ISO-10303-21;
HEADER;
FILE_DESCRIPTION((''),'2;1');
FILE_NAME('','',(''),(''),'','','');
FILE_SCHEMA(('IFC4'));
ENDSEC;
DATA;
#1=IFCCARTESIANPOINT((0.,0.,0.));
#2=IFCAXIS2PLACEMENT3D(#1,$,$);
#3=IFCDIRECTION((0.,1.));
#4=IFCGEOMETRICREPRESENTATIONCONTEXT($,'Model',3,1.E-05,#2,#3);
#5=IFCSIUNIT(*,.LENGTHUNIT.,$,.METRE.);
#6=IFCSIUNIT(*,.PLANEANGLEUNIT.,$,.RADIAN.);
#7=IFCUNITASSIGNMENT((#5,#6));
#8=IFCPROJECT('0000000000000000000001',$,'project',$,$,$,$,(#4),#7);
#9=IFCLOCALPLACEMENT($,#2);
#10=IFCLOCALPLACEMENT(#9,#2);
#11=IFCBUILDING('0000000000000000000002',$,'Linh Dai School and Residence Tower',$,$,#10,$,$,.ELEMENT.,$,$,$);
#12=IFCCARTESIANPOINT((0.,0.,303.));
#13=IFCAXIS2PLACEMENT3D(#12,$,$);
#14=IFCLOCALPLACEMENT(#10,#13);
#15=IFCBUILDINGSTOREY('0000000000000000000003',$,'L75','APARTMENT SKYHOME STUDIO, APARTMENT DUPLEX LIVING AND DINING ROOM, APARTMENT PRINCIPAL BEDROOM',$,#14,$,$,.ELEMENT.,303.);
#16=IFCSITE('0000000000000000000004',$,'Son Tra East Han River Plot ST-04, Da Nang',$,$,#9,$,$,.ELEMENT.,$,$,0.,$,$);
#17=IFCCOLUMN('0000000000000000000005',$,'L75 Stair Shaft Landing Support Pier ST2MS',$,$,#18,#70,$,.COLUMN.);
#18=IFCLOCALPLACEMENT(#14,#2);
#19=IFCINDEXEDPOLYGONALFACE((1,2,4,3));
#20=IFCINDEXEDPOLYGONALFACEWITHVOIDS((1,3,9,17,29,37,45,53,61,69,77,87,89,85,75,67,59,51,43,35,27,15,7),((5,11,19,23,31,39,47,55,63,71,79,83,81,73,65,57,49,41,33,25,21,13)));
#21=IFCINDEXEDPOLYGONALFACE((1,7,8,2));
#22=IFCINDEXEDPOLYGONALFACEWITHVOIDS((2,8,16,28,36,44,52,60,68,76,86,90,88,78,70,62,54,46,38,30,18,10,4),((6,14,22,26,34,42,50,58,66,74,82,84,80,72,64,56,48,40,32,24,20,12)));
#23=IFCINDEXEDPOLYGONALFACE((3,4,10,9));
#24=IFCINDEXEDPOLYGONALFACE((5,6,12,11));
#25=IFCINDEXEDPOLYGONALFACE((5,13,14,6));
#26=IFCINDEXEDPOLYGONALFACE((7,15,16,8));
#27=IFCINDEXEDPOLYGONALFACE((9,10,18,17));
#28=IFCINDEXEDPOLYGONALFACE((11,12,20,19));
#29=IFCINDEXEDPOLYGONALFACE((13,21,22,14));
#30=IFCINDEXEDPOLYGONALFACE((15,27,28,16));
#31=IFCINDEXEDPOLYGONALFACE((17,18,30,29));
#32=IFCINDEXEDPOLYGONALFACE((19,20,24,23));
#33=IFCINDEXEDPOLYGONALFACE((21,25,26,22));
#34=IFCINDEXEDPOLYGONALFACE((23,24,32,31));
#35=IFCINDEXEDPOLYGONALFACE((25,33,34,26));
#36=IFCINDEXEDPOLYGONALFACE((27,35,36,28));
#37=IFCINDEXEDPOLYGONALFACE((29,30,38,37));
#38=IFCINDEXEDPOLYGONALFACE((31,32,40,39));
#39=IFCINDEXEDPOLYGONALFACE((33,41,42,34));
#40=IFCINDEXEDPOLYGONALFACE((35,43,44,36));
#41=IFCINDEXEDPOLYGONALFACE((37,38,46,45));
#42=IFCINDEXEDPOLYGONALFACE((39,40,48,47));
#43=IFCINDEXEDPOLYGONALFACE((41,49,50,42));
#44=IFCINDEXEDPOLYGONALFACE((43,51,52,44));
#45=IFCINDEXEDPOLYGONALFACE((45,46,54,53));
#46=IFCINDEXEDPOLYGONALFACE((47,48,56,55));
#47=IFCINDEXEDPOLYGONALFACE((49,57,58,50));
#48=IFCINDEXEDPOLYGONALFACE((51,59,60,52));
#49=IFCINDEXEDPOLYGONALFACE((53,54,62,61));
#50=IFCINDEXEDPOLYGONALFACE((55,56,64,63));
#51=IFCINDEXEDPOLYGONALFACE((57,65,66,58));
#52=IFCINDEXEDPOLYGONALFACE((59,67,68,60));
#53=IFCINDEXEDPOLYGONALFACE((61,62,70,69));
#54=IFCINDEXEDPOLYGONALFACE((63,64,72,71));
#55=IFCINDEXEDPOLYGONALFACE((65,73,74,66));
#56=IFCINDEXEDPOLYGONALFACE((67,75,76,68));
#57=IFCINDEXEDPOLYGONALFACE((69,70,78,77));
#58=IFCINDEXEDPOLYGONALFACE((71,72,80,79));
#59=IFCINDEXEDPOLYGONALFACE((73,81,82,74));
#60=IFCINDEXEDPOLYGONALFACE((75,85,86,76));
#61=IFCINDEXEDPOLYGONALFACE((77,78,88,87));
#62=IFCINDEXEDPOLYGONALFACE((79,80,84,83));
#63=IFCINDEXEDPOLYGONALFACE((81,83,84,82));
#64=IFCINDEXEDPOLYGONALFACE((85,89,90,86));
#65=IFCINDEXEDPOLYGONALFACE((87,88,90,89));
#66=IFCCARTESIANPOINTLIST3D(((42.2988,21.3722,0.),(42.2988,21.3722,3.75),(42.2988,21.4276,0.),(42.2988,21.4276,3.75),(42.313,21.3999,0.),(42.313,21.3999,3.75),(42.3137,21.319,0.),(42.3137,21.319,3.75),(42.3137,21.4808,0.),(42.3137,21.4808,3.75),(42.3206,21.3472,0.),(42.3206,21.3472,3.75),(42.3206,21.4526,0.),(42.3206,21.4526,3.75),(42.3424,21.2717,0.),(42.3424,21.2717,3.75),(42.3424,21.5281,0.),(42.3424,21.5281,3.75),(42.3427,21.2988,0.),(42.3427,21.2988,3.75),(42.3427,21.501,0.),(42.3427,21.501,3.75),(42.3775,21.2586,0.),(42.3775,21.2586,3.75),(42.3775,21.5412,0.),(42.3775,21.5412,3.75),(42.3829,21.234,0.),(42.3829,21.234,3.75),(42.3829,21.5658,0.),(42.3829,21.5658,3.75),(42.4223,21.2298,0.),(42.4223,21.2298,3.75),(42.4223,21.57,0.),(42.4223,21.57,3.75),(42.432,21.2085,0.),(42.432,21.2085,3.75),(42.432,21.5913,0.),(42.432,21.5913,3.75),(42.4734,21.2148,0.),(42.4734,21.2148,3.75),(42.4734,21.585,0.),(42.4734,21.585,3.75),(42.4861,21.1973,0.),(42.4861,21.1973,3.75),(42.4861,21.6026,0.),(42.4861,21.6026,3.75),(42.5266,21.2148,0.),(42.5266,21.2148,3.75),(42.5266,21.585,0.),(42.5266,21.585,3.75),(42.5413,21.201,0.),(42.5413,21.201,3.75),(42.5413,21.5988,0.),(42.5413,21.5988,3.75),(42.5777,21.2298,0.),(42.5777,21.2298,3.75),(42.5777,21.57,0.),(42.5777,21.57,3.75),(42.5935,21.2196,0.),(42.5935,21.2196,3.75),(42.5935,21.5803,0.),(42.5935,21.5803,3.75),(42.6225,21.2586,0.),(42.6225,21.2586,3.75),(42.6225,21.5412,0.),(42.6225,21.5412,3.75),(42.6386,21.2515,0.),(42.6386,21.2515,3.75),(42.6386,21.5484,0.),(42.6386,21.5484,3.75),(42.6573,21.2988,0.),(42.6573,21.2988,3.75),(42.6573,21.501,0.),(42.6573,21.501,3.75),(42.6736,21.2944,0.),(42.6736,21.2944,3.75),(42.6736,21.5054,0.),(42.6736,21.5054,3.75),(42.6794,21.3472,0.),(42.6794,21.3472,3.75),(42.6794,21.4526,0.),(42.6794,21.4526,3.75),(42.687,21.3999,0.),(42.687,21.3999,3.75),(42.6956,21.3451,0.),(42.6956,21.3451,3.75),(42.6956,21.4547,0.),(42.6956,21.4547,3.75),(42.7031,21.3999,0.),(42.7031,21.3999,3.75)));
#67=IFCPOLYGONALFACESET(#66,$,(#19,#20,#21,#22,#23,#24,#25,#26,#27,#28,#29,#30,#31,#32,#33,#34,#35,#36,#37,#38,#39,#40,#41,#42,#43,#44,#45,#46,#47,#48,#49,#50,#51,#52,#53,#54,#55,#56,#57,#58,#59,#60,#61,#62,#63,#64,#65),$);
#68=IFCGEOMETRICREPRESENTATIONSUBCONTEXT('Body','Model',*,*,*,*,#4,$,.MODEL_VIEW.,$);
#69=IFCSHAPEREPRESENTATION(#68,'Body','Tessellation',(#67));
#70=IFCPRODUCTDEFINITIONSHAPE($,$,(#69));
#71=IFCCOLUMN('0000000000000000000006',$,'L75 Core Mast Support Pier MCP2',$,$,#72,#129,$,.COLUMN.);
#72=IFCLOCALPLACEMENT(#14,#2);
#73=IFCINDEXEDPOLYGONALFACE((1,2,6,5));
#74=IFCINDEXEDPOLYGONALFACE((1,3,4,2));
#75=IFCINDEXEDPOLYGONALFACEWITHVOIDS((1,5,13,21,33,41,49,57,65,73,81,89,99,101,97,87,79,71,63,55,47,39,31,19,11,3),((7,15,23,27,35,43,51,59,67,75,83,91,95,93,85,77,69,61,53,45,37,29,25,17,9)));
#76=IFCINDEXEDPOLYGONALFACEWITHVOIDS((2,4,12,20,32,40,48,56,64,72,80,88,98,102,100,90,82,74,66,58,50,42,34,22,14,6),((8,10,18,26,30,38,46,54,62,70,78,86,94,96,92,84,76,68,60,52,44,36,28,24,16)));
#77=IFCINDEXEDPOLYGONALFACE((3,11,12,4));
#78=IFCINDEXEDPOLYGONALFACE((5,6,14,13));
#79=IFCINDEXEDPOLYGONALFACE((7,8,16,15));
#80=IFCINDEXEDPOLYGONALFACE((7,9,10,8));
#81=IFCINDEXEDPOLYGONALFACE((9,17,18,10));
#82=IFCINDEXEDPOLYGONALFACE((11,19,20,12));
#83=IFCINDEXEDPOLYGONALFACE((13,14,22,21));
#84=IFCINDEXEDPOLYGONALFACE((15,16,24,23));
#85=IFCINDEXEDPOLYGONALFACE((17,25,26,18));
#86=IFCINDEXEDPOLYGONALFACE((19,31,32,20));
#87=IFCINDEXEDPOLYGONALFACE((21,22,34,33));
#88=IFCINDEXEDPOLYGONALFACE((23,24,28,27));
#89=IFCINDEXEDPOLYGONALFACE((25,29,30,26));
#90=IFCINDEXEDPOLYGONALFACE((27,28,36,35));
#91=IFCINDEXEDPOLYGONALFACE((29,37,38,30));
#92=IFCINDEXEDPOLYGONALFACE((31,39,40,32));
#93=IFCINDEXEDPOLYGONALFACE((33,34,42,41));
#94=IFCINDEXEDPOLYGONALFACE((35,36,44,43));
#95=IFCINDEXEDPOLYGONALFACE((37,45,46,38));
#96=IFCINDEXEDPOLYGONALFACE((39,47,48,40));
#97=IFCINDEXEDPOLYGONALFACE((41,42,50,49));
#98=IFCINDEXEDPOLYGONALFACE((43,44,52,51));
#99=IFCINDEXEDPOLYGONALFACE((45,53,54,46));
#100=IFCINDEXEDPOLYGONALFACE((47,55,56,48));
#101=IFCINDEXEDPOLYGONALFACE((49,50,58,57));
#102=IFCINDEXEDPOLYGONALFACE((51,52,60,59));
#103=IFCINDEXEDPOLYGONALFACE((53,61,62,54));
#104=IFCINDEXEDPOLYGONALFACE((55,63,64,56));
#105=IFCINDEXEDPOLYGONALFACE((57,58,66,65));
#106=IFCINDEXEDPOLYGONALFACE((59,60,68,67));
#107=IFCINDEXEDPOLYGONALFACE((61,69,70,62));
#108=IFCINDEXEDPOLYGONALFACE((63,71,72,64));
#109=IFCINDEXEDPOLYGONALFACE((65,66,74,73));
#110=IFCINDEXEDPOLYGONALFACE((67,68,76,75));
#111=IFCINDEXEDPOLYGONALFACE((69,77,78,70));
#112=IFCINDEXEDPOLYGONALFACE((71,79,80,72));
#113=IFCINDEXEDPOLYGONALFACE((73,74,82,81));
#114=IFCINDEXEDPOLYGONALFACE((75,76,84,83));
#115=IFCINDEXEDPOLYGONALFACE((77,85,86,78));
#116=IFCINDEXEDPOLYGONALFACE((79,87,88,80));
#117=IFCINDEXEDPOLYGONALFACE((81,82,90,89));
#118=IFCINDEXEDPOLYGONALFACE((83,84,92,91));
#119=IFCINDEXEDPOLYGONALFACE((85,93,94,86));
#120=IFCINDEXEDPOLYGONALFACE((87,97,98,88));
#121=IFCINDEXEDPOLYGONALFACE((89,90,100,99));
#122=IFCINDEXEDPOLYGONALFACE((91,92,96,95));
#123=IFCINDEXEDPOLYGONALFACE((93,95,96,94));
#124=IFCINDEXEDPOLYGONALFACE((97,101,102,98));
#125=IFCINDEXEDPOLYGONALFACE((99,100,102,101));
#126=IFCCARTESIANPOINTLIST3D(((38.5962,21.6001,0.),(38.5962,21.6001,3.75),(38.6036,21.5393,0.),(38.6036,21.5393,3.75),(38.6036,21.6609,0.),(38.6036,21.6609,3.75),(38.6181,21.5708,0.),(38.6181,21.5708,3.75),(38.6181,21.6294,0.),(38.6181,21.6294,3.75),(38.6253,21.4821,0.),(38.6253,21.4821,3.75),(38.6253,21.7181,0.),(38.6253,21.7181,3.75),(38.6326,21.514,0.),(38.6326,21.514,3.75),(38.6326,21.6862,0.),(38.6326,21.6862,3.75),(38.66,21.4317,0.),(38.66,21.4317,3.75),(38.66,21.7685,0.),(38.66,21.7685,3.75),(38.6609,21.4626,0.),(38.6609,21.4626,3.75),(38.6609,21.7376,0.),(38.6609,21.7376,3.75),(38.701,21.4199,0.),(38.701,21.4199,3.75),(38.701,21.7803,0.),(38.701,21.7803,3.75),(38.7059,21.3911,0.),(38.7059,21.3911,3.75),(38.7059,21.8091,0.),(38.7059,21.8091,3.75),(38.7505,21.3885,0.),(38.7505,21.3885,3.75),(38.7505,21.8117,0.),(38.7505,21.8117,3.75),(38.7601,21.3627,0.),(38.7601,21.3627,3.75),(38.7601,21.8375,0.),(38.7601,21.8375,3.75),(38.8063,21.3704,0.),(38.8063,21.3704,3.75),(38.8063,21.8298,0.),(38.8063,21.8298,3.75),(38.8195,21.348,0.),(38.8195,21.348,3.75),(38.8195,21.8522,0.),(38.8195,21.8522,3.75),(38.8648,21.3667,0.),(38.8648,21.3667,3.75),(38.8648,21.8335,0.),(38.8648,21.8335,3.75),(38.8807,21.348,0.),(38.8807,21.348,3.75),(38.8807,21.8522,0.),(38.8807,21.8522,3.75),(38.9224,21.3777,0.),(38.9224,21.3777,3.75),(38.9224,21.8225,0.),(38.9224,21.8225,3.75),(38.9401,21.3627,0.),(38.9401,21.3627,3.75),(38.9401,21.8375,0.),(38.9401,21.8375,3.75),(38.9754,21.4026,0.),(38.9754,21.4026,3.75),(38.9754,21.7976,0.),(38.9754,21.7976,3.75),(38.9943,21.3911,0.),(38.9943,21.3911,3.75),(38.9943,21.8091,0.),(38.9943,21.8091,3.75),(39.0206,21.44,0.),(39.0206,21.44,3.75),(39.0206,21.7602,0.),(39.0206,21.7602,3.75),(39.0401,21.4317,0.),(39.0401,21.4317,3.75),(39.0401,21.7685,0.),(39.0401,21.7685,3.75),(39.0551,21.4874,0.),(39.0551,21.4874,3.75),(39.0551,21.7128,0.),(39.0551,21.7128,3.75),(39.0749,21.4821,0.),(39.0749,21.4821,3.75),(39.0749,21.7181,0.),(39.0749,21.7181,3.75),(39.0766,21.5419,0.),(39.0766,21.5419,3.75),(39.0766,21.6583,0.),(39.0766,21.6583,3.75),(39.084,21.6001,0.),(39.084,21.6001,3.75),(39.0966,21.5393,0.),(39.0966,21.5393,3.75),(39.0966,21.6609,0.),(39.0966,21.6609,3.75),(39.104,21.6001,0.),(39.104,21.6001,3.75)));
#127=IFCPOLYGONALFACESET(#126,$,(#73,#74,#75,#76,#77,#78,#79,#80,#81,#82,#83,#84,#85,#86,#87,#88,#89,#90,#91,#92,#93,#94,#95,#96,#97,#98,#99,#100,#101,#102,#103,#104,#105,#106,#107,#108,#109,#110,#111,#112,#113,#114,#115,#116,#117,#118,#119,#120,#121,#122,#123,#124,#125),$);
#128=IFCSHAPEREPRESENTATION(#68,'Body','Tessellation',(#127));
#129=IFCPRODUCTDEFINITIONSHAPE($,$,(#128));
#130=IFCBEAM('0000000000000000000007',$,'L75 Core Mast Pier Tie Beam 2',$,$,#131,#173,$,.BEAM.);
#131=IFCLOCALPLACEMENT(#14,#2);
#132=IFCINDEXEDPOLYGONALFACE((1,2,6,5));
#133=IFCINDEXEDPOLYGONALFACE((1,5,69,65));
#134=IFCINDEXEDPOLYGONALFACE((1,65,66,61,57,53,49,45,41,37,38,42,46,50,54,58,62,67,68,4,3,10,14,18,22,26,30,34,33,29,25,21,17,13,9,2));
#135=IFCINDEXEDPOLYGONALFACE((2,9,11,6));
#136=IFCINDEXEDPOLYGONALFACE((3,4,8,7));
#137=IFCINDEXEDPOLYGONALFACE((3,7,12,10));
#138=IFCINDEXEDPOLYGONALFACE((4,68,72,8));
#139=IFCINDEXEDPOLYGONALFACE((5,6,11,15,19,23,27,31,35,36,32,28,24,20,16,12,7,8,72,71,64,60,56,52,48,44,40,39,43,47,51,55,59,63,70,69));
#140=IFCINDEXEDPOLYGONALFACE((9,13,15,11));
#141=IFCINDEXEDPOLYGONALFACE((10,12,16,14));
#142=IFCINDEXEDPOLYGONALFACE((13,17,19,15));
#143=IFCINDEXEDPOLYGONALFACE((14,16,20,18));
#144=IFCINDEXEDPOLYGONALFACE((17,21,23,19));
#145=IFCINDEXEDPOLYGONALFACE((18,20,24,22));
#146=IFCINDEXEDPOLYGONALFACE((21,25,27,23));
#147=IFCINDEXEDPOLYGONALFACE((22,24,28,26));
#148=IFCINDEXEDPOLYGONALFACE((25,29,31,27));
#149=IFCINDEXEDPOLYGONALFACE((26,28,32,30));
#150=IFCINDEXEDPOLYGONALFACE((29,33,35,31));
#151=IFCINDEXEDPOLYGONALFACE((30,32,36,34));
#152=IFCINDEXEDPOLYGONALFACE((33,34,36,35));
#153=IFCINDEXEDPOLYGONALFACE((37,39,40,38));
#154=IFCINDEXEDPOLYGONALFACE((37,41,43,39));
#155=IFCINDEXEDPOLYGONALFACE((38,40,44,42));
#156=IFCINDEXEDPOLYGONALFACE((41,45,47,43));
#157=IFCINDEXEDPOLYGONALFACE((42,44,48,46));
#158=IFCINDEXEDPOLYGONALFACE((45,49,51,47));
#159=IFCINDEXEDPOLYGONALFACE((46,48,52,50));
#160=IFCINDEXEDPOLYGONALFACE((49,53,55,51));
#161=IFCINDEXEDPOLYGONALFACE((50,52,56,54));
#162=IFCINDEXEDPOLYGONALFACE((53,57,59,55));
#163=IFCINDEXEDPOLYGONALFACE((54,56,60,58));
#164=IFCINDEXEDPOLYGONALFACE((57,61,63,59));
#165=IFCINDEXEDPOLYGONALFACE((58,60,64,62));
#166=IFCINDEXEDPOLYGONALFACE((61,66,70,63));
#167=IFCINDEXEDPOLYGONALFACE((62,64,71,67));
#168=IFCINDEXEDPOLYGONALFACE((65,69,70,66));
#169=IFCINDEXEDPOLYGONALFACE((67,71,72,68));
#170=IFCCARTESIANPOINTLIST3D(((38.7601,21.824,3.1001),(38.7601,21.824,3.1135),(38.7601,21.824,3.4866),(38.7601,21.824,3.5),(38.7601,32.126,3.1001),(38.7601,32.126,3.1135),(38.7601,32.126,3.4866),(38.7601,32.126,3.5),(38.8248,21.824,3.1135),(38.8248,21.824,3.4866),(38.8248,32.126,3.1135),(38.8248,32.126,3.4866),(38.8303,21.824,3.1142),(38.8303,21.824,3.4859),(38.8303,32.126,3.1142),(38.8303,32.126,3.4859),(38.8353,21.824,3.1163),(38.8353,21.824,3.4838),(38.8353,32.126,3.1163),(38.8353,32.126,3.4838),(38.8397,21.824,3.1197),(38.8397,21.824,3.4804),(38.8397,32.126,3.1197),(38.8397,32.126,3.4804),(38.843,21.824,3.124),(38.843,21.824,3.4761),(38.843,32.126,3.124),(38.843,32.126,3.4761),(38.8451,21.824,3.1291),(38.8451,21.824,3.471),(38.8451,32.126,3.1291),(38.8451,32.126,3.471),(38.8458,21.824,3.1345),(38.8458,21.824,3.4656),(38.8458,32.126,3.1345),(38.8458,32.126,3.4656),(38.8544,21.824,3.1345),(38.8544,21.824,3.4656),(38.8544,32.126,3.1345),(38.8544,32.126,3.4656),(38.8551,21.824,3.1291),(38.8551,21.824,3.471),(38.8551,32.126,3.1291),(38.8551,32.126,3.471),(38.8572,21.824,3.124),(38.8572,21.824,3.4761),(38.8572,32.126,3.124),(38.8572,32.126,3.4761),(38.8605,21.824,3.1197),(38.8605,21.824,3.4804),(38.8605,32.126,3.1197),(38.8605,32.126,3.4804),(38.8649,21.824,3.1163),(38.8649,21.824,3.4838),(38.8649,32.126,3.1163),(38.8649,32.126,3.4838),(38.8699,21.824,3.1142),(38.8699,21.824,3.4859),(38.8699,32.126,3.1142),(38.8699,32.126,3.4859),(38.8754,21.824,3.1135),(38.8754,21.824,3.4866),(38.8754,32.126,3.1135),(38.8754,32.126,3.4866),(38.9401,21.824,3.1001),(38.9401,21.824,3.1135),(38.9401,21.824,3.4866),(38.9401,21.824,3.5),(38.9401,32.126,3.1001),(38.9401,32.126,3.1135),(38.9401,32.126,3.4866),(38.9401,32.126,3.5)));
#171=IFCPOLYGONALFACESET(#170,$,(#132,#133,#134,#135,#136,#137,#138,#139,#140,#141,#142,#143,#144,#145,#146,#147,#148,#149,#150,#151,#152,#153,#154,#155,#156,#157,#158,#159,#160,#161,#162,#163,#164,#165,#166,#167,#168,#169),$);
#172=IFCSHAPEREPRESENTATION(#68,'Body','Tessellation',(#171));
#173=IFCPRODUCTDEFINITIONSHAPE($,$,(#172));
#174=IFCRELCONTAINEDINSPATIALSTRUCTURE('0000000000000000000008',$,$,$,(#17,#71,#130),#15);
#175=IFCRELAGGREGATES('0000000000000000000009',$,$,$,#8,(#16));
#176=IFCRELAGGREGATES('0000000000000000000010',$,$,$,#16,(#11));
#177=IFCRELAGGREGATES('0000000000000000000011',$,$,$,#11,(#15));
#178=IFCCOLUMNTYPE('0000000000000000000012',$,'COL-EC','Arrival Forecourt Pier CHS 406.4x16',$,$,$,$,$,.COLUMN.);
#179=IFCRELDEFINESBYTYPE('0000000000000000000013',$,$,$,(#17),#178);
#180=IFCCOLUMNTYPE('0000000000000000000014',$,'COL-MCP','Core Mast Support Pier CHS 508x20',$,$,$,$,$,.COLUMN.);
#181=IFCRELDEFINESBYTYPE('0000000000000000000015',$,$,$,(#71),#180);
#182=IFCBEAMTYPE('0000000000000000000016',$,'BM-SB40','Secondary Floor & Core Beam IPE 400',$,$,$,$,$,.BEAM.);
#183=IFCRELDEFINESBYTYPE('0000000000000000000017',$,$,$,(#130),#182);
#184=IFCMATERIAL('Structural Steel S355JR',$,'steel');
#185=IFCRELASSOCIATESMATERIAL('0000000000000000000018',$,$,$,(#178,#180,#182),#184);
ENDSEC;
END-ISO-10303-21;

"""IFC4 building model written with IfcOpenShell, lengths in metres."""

from ifc_helpers import new_model, si_unit, direction, frame, origin, origin_2d, place, context, subcontext, project, spatial, hollow_circle, i_section, extrude, material, material_profile, profile_set, type_object, element, save


model = new_model("IFC4")

# Units and contexts
model_context = context("Model", 3, precision=1e-05, world=origin(), true_north=direction((0.0, 1.0)))
body_context = subcontext(model_context, "Body", "Model", "MODEL_VIEW")
ifc_project = project(units=[si_unit("LENGTHUNIT", "METRE"), si_unit("PLANEANGLEUNIT", "RADIAN")], contexts=[model_context])

# Site, building, storey
site_placement = place(None, origin())
site = spatial("IfcSite", under=ifc_project, at=site_placement, Name="Son Tra East Han River Plot ST-04, Da Nang", CompositionType="ELEMENT", RefElevation=0.0)
building_placement = place(site_placement, origin())
building = spatial("IfcBuilding", under=site, at=building_placement, Name="Linh Dai School and Residence Tower", CompositionType="ELEMENT")
storey_placement = place(building_placement, frame((0.0, 0.0, 303.0)))
storey = spatial("IfcBuildingStorey", under=building, at=storey_placement, Name="L75", Description="APARTMENT SKYHOME STUDIO, APARTMENT DUPLEX LIVING AND DINING ROOM, APARTMENT PRINCIPAL BEDROOM", CompositionType="ELEMENT", Elevation=303.0)

# Columns
ifc_material_1 = material(Name="Structural Steel S355JR", Category="steel")
ifc_material_profile_1 = material_profile(ifc_material_1, hollow_circle(Radius=0.2031, WallThickness=0.0161, at=origin_2d()), Name="CHS 406.4x16")
ifc_profile_set_1 = profile_set([ifc_material_profile_1], Name="Structural Steel S355JR")
column_type_1 = type_object("IfcColumnType", Name="COL-EC", Description="Arrival Forecourt Pier CHS 406.4x16", PredefinedType="COLUMN", material=ifc_profile_set_1)
column_1_placement = place(storey_placement, frame((42.5, 21.3999, 0.0), z_axis=(0.0, 0.0, 1.0), x_axis=(1.0, 0.0, 0.0)))
element("IfcColumn", 1, at=column_1_placement, inside=storey, type_object=column_type_1, Name="L75 Stair Shaft Landing Support Pier ST2MS", PredefinedType="COLUMN", context=body_context, shape_type="SweptSolid", body=[
    extrude(hollow_circle(Radius=0.2031, WallThickness=0.0161, at=origin_2d()), origin(), (0.0, 0.0, 1.0), 3.75),
])
ifc_material_profile_2 = material_profile(ifc_material_1, hollow_circle(Radius=0.2539, WallThickness=0.02, at=origin_2d()), Name="CHS 508x20")
ifc_profile_set_2 = profile_set([ifc_material_profile_2], Name="Structural Steel S355JR")
column_type_2 = type_object("IfcColumnType", Name="COL-MCP", Description="Core Mast Support Pier CHS 508x20", PredefinedType="COLUMN", material=ifc_profile_set_2)
column_2_placement = place(storey_placement, frame((38.8501, 21.6001, 0.0), z_axis=(0.0, 0.0, 1.0), x_axis=(1.0, 0.0, 0.0)))
element("IfcColumn", 2, at=column_2_placement, inside=storey, type_object=column_type_2, Name="L75 Core Mast Support Pier MCP2", PredefinedType="COLUMN", context=body_context, shape_type="SweptSolid", body=[
    extrude(hollow_circle(Radius=0.2539, WallThickness=0.02, at=origin_2d()), origin(), (0.0, 0.0, 1.0), 3.75),
])

# Beam
ifc_material_profile_3 = material_profile(ifc_material_1, i_section(OverallWidth=0.1799, OverallDepth=0.3999, WebThickness=0.0085, FlangeThickness=0.0134, FilletRadius=0.021, at=origin_2d()), Name="IPE 400")
ifc_profile_set_3 = profile_set([ifc_material_profile_3], Name="Structural Steel S355JR")
beam_type = type_object("IfcBeamType", Name="BM-SB40", Description="Secondary Floor & Core Beam IPE 400", PredefinedType="BEAM", material=ifc_profile_set_3)
beam_placement = place(storey_placement, frame((38.8501, 21.824, 3.3), z_axis=(0.0, 1.0, 0.0), x_axis=(-1.0, 0.0, 0.0)))
element("IfcBeam", 3, at=beam_placement, inside=storey, type_object=beam_type, Name="L75 Core Mast Pier Tie Beam 2", PredefinedType="BEAM", context=body_context, shape_type="SweptSolid", body=[
    extrude(i_section(OverallWidth=0.1799, OverallDepth=0.3999, WebThickness=0.0085, FlangeThickness=0.0134, FilletRadius=0.021, at=origin_2d()), origin(), (0.0, 0.0, 1.0), 10.302),
])

save(model, "model.ifc")
